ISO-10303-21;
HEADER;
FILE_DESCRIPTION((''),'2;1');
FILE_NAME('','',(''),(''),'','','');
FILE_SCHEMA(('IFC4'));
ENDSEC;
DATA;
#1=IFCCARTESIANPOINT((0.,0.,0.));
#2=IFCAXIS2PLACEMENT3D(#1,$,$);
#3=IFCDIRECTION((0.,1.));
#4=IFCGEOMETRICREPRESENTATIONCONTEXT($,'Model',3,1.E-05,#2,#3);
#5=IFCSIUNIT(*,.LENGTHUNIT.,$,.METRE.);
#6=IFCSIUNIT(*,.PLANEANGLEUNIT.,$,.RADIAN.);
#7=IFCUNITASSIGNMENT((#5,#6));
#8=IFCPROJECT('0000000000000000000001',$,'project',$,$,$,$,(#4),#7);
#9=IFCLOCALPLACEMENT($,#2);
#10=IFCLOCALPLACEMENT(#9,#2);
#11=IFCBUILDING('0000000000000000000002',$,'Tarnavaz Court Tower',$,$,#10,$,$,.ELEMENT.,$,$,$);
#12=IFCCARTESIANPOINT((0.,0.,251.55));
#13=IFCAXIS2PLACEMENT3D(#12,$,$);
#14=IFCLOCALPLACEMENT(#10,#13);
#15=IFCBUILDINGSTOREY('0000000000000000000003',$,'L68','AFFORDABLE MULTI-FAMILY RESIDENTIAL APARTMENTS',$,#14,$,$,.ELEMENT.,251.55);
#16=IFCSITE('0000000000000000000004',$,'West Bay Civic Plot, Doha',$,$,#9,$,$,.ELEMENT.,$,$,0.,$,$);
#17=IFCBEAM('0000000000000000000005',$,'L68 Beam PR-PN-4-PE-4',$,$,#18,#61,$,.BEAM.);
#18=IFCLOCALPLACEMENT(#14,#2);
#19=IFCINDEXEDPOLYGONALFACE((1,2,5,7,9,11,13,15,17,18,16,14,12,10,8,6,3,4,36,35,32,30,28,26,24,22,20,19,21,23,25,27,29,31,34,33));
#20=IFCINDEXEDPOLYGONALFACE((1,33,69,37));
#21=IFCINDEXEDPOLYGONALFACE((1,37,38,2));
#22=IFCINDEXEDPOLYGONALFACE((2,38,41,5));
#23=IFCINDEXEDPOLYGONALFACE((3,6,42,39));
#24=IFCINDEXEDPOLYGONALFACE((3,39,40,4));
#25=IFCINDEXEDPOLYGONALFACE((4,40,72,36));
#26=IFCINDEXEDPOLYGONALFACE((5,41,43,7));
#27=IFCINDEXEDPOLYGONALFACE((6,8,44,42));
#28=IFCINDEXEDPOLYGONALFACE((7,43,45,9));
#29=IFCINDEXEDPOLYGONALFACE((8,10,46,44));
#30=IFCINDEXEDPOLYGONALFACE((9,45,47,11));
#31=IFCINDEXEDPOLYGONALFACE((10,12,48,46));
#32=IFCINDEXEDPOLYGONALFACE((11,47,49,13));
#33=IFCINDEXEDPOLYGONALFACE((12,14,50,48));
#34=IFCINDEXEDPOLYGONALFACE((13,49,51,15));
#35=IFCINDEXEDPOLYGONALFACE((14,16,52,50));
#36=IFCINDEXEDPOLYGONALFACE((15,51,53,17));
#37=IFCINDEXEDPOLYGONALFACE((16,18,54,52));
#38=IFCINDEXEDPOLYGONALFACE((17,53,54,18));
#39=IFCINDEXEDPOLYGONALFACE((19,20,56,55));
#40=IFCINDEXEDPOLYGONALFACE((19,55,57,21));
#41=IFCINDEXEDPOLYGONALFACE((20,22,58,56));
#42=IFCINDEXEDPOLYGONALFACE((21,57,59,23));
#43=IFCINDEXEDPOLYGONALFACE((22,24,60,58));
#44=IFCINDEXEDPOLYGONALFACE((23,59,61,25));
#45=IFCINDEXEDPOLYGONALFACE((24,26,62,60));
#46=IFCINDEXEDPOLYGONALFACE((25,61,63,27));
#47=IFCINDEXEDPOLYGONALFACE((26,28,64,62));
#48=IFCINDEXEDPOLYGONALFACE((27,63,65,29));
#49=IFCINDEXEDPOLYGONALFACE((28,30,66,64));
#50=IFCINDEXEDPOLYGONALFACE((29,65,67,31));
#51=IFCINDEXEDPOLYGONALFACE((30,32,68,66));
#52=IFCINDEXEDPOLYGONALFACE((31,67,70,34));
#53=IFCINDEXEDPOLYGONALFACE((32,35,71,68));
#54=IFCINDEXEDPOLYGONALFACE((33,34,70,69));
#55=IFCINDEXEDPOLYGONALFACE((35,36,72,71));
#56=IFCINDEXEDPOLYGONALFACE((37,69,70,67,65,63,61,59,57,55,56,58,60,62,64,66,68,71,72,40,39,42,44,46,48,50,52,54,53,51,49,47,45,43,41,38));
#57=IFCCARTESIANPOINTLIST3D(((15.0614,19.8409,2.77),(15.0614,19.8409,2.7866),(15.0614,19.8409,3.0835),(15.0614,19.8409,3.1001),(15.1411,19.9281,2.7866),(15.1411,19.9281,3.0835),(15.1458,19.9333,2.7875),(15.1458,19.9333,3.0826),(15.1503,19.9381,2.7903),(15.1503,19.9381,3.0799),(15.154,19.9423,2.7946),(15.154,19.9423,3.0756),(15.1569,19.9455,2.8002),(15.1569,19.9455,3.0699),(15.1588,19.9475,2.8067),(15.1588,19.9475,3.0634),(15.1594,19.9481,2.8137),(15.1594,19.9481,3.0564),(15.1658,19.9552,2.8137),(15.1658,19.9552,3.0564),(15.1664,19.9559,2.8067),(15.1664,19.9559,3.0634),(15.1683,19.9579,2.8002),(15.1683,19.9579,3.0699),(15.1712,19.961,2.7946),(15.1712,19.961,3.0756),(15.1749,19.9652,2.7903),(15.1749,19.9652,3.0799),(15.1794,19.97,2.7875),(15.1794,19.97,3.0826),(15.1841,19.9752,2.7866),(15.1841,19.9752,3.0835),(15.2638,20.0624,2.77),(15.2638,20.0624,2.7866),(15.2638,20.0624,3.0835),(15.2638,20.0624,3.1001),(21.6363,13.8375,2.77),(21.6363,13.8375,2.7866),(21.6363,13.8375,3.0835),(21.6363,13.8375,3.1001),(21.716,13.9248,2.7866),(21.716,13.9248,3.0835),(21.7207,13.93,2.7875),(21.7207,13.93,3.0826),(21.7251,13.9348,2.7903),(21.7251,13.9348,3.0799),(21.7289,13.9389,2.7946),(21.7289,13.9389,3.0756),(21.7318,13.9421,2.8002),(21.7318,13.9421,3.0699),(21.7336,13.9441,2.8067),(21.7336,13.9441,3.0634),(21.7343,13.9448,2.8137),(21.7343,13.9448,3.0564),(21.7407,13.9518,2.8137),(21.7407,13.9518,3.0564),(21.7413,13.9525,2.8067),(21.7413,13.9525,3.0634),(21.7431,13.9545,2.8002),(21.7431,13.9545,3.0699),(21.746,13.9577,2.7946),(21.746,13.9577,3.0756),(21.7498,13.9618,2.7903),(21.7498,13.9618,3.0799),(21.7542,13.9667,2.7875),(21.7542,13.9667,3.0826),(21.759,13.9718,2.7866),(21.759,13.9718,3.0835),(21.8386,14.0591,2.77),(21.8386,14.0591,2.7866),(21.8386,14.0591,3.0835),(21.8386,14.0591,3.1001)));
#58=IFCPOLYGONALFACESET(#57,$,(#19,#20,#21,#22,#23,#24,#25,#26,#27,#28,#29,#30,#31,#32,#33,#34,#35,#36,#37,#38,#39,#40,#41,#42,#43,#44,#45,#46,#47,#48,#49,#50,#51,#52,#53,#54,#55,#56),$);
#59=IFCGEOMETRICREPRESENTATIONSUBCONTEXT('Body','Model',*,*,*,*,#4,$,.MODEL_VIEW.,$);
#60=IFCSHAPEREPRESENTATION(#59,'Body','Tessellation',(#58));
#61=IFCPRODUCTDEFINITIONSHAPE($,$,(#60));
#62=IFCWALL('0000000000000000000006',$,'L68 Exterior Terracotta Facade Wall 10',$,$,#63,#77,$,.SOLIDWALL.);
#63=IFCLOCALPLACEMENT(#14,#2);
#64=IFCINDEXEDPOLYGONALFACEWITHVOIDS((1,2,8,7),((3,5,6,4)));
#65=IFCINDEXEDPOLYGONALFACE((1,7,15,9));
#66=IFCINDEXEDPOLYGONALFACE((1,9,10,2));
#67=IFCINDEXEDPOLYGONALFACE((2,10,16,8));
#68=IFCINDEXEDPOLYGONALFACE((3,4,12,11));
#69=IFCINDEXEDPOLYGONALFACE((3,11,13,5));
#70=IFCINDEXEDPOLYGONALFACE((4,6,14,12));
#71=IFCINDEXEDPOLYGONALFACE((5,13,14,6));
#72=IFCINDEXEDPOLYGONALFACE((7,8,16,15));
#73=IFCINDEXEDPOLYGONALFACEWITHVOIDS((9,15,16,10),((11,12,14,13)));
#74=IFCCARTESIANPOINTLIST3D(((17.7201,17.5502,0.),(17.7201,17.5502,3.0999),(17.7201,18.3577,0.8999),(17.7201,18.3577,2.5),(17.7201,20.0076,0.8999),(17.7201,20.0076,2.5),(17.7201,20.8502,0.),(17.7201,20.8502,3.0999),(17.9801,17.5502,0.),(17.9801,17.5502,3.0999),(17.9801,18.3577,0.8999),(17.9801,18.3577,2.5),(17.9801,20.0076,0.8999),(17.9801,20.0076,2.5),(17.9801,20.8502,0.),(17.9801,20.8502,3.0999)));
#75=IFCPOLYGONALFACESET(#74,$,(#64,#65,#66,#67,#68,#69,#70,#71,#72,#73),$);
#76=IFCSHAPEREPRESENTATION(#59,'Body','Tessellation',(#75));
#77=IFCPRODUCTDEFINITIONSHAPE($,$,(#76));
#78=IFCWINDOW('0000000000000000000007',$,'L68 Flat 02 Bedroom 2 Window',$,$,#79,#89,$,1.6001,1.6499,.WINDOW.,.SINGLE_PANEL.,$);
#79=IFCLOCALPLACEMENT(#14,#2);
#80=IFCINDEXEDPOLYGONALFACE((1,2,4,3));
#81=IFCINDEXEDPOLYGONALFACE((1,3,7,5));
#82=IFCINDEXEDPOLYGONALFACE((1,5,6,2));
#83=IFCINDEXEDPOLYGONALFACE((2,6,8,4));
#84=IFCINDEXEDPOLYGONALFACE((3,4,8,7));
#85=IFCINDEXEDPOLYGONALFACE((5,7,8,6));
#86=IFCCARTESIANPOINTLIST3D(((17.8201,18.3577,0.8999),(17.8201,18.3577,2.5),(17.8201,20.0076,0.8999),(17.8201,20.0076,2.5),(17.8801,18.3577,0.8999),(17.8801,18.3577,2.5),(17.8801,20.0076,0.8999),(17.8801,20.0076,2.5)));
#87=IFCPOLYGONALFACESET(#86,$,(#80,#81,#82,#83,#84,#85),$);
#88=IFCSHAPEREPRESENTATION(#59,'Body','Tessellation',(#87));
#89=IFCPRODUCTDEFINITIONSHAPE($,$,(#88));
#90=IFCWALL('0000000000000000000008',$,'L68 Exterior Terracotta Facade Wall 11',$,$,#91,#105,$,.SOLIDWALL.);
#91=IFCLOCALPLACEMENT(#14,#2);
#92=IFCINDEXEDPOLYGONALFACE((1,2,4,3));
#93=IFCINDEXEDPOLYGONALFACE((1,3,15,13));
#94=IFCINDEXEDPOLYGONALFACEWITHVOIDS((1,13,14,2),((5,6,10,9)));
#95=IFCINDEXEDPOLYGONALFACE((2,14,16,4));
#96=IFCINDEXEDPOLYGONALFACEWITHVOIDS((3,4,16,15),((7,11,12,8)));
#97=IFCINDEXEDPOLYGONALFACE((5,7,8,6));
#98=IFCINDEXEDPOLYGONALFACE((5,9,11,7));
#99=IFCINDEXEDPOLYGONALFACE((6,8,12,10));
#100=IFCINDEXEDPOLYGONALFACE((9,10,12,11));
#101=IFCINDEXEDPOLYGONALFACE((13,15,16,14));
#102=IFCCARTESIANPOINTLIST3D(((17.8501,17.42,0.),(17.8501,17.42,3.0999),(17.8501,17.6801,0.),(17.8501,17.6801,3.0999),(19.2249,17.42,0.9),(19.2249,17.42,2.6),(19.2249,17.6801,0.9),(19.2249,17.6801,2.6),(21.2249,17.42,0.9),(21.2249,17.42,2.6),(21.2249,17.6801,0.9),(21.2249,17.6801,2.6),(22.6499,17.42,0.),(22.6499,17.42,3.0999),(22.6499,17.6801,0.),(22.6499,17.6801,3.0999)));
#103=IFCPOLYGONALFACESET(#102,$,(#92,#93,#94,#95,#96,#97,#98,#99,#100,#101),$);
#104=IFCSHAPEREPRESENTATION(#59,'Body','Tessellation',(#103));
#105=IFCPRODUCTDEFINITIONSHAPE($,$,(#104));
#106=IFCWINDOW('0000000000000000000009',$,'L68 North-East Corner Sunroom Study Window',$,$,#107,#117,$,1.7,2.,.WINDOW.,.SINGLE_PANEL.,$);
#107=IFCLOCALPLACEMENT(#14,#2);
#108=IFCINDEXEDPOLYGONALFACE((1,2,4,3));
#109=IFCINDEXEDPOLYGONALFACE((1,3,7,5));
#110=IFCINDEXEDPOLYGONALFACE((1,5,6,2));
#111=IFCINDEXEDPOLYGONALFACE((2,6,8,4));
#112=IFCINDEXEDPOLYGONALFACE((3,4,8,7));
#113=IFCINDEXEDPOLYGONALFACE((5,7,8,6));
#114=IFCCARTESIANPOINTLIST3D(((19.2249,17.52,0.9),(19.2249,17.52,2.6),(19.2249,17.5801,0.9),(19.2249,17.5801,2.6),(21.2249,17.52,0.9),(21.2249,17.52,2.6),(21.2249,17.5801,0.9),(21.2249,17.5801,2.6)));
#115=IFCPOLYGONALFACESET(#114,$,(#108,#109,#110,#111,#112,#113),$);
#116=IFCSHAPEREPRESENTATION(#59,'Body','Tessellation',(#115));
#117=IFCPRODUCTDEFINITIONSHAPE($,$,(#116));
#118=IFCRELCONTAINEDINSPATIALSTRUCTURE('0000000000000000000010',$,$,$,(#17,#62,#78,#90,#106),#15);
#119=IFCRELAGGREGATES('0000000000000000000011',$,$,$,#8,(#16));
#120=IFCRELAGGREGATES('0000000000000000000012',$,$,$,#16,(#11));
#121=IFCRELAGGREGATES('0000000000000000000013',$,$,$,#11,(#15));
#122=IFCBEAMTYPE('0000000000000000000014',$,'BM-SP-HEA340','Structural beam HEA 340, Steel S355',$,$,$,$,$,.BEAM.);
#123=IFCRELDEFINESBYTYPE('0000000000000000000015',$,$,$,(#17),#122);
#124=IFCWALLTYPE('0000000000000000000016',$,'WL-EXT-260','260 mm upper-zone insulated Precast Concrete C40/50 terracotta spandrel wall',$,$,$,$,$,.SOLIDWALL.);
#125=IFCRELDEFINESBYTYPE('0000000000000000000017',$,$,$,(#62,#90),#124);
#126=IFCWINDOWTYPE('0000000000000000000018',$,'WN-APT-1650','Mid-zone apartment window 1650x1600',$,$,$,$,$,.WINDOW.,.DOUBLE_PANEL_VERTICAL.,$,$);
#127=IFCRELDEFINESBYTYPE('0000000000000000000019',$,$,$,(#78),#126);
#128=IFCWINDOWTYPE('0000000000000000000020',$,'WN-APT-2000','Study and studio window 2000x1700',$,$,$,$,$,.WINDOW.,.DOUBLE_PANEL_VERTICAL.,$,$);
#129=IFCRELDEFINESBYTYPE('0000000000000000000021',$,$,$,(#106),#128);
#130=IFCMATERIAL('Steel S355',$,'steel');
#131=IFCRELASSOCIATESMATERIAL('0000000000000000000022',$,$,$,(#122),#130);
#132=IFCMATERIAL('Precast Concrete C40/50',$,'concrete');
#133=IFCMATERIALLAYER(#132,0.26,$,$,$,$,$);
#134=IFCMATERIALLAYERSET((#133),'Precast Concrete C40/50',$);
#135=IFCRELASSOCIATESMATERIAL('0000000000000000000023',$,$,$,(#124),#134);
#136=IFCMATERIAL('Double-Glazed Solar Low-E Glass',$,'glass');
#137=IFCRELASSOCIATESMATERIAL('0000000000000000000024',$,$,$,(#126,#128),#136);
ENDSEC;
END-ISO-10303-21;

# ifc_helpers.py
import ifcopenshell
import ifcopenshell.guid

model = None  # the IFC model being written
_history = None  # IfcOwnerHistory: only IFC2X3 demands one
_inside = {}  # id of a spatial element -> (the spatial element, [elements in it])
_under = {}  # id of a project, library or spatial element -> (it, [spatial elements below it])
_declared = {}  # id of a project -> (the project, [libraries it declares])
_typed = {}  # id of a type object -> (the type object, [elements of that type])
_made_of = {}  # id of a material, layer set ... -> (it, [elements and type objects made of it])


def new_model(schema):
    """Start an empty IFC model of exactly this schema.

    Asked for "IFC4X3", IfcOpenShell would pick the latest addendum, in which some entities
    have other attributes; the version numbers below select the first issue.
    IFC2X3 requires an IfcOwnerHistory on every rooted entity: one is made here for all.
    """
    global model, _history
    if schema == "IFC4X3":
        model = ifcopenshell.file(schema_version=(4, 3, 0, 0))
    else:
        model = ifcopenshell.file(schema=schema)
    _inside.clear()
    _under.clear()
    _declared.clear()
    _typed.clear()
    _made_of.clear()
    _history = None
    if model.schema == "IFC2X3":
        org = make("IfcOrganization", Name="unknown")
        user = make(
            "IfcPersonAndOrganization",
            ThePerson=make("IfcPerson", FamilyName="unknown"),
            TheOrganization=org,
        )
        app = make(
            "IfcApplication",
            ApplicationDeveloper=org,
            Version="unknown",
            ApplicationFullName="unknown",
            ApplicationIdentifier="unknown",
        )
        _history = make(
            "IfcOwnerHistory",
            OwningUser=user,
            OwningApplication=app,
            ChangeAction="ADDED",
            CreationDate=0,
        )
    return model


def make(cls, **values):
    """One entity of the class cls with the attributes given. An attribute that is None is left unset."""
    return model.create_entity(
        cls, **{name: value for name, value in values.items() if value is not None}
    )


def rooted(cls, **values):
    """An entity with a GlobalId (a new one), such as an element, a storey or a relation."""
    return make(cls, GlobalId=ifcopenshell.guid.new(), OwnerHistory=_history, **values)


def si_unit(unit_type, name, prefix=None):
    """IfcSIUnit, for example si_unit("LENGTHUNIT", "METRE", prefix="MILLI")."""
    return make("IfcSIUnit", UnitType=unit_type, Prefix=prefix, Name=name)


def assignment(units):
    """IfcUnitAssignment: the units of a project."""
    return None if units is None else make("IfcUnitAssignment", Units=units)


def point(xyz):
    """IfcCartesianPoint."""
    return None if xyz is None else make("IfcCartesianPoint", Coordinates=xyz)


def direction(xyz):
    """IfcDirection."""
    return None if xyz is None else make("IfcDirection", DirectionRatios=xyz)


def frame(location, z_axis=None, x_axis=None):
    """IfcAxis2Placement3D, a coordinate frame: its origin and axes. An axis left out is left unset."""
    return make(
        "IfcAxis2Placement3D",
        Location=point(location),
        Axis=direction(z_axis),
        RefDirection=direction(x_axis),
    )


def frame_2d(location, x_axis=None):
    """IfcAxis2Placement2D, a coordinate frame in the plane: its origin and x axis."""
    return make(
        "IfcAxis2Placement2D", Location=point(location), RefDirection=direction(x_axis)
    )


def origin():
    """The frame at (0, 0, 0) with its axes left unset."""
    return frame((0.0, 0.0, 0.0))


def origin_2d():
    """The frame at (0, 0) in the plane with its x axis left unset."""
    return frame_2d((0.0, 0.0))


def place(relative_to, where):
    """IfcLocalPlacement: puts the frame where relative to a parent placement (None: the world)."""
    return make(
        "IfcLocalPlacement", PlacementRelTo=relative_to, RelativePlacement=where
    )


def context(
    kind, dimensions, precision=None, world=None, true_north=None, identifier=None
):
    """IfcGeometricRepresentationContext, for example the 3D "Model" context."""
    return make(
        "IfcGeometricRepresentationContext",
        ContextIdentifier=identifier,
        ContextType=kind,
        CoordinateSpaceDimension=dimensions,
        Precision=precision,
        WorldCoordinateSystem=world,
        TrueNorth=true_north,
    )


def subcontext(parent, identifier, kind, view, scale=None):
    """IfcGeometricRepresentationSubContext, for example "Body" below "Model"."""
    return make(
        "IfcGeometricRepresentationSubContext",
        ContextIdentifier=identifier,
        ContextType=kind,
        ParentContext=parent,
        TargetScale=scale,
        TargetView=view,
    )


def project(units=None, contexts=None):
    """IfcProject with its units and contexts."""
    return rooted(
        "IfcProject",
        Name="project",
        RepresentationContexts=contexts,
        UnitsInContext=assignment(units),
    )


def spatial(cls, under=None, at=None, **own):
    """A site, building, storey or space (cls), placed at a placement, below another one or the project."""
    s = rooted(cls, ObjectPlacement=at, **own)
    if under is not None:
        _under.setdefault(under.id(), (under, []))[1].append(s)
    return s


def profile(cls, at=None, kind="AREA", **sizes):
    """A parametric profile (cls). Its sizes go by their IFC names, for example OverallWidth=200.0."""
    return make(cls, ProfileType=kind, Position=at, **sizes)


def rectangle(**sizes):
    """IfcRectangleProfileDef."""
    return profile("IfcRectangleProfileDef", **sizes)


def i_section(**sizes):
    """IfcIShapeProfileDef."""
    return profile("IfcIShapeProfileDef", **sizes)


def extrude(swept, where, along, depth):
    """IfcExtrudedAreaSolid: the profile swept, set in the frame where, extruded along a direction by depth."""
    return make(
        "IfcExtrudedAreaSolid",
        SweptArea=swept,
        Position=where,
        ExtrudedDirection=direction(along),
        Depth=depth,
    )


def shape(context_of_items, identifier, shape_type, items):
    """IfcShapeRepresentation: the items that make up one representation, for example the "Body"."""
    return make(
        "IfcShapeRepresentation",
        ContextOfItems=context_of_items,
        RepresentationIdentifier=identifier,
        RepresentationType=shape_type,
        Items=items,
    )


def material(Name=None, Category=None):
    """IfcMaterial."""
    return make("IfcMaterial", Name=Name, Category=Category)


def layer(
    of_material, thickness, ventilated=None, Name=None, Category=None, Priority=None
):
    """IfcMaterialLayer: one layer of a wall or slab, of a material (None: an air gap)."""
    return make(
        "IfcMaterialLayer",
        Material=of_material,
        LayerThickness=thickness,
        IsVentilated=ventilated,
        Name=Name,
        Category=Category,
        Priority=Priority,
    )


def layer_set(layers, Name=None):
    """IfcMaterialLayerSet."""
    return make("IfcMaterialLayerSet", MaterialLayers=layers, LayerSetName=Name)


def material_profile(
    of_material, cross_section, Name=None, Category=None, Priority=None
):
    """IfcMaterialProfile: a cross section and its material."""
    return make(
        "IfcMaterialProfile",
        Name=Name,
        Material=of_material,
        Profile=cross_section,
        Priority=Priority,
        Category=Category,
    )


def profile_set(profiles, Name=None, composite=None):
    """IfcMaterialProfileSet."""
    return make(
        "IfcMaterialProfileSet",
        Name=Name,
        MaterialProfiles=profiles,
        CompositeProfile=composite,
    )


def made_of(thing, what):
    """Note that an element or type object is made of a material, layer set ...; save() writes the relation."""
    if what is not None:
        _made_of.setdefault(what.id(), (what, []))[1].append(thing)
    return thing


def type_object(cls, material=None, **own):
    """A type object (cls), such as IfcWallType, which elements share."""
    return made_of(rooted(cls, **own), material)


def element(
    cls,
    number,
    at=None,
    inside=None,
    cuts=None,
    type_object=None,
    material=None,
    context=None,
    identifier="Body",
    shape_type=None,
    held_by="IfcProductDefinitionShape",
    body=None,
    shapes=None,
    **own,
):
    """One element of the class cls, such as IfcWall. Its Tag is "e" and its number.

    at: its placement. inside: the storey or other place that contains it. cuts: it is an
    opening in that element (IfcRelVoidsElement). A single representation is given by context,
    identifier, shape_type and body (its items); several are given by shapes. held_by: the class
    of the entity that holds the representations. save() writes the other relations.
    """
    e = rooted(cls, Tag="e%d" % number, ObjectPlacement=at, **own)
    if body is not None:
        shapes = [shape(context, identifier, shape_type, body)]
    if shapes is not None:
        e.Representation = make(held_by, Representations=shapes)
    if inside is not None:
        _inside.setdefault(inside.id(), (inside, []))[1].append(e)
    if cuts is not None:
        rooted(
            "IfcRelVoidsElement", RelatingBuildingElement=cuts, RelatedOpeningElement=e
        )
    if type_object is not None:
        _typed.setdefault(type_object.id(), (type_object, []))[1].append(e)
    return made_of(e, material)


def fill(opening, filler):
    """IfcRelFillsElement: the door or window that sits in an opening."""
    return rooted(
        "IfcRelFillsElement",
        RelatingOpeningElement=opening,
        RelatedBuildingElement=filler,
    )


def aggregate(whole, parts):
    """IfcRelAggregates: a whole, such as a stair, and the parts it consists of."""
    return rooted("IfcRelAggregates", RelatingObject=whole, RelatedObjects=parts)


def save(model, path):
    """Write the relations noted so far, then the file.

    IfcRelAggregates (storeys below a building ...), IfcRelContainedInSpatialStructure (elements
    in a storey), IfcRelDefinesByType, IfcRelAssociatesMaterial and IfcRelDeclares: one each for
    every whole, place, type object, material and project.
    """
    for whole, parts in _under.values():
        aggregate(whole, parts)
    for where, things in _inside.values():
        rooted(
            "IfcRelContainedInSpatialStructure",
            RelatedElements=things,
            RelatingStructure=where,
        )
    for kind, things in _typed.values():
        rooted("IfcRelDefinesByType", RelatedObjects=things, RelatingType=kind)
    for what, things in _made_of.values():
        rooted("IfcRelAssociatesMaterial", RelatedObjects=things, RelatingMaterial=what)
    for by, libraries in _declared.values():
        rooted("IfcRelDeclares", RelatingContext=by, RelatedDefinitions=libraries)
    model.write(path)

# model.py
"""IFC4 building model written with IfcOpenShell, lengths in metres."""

from ifc_helpers import new_model, si_unit, direction, frame, frame_2d, origin, origin_2d, place, context, subcontext, project, spatial, rectangle, i_section, extrude, material, layer, layer_set, material_profile, profile_set, type_object, element, fill, save


model = new_model("IFC4")

# Units and contexts
model_context = context("Model", 3, precision=1e-05, world=origin(), true_north=direction((0.0, 1.0)))
body_context = subcontext(model_context, "Body", "Model", "MODEL_VIEW")
ifc_project = project(units=[si_unit("LENGTHUNIT", "METRE"), si_unit("PLANEANGLEUNIT", "RADIAN")], contexts=[model_context])

# Site, building, storey
site_placement = place(None, origin())
site = spatial("IfcSite", under=ifc_project, at=site_placement, Name="West Bay Civic Plot, Doha", CompositionType="ELEMENT", RefElevation=0.0)
building_placement = place(site_placement, origin())
building = spatial("IfcBuilding", under=site, at=building_placement, Name="Tarnavaz Court Tower", CompositionType="ELEMENT")
storey_placement = place(building_placement, frame((0.0, 0.0, 251.55)))
storey = spatial("IfcBuildingStorey", under=building, at=storey_placement, Name="L68", Description="AFFORDABLE MULTI-FAMILY RESIDENTIAL APARTMENTS", CompositionType="ELEMENT", Elevation=251.55)

# Beam
ifc_material_1 = material(Name="Steel S355", Category="steel")
ifc_material_profile_1 = material_profile(ifc_material_1, i_section(OverallWidth=0.3, OverallDepth=0.3301, WebThickness=0.0095, FlangeThickness=0.0166, FilletRadius=0.0271, at=origin_2d()), Name="HEA 340")
ifc_profile_set_1 = profile_set([ifc_material_profile_1], Name="Steel S355")
beam_type_1 = type_object("IfcBeamType", Name="BM-SP-HEA340", Description="Structural beam HEA 340, Steel S355", PredefinedType="BEAM", material=ifc_profile_set_1)
beam_1_placement = place(storey_placement, frame((15.1626, 19.9517, 2.9351), z_axis=(0.738474, -0.674282, 0.0), x_axis=(0.674282, 0.738474, 0.0)))
element("IfcBeam", 1, at=beam_1_placement, inside=storey, type_object=beam_type_1, Name="L68 Beam PR-PN-4-PE-4", PredefinedType="BEAM", context=body_context, shape_type="SweptSolid", body=[
    extrude(i_section(OverallWidth=0.3, OverallDepth=0.3301, WebThickness=0.0095, FlangeThickness=0.0166, FilletRadius=0.0271, at=origin_2d()), origin(), (0.0, 0.0, 1.0), 8.9033),
])

# Walls, openings, windows
ifc_material_2 = material(Name="Precast Concrete C40/50", Category="concrete")
ifc_layer_1 = layer(ifc_material_2, 0.26)
ifc_layer_set_1 = layer_set([ifc_layer_1], Name="Precast Concrete C40/50")
wall_type_1 = type_object("IfcWallType", Name="WL-EXT-260", Description="260 mm upper-zone insulated Precast Concrete C40/50 terracotta spandrel wall", PredefinedType="SOLIDWALL", material=ifc_layer_set_1)
wall_1_placement = place(storey_placement, frame((17.8501, 20.8501, 0.0), z_axis=(0.0, 0.0, 1.0), x_axis=(0.0, -1.0, 0.0)))
wall_1 = element("IfcWall", 2, at=wall_1_placement, inside=storey, type_object=wall_type_1, Name="L68 Exterior Terracotta Facade Wall 10", PredefinedType="SOLIDWALL", context=body_context, shape_type="SweptSolid", body=[
    extrude(rectangle(XDim=3.3, YDim=0.26, at=frame_2d((1.6499, 0.0))), origin(), (0.0, 0.0, 1.0), 3.0999),
])
opening_1_placement = place(wall_1_placement, frame((0.8425, 0.0, 0.8999)))
opening_1 = element("IfcOpeningElement", 3, at=opening_1_placement, cuts=wall_1, PredefinedType="OPENING", context=body_context, shape_type="SweptSolid", body=[
    extrude(rectangle(XDim=1.6499, YDim=1.6001, at=frame_2d((0.825, 0.8))), frame((0.0, 0.1399, 0.0), z_axis=(0.0, -1.0, 0.0), x_axis=(1.0, 0.0, 0.0)), (0.0, 0.0, 1.0), 0.28),
])
ifc_material_3 = material(Name="Double-Glazed Solar Low-E Glass", Category="glass")
window_type_1 = type_object("IfcWindowType", Name="WN-APT-1650", Description="Mid-zone apartment window 1650x1600", PartitioningType="DOUBLE_PANEL_VERTICAL", PredefinedType="WINDOW", material=ifc_material_3)
window_1_placement = place(opening_1_placement, origin())
window_1 = element("IfcWindow", 4, at=window_1_placement, inside=storey, type_object=window_type_1, Name="L68 Flat 02 Bedroom 2 Window", OverallHeight=1.6001, OverallWidth=1.6499, PartitioningType="SINGLE_PANEL", PredefinedType="WINDOW", context=body_context, shape_type="SweptSolid", body=[
    extrude(rectangle(XDim=1.6499, YDim=1.6001, at=frame_2d((0.825, 0.8))), frame((0.0, 0.03, 0.0), z_axis=(0.0, -1.0, 0.0), x_axis=(1.0, 0.0, 0.0)), (0.0, 0.0, 1.0), 0.0601),
])
fill(opening_1, window_1)
wall_2_placement = place(storey_placement, frame((17.8501, 17.55, 0.0), z_axis=(0.0, 0.0, 1.0), x_axis=(1.0, 0.0, 0.0)))
wall_2 = element("IfcWall", 5, at=wall_2_placement, inside=storey, type_object=wall_type_1, Name="L68 Exterior Terracotta Facade Wall 11", PredefinedType="SOLIDWALL", context=body_context, shape_type="SweptSolid", body=[
    extrude(rectangle(XDim=4.7998, YDim=0.26, at=frame_2d((2.3999, 0.0))), origin(), (0.0, 0.0, 1.0), 3.0999),
])
opening_2_placement = place(wall_2_placement, frame((1.3748, 0.0, 0.8999)))
opening_2 = element("IfcOpeningElement", 6, at=opening_2_placement, cuts=wall_2, PredefinedType="OPENING", context=body_context, shape_type="SweptSolid", body=[
    extrude(rectangle(XDim=2.0, YDim=1.7, at=frame_2d((1.0, 0.8501))), frame((0.0, 0.1399, 0.0), z_axis=(0.0, -1.0, 0.0), x_axis=(1.0, 0.0, 0.0)), (0.0, 0.0, 1.0), 0.28),
])
window_type_2 = type_object("IfcWindowType", Name="WN-APT-2000", Description="Study and studio window 2000x1700", PartitioningType="DOUBLE_PANEL_VERTICAL", PredefinedType="WINDOW", material=ifc_material_3)
window_2_placement = place(opening_2_placement, origin())
window_2 = element("IfcWindow", 7, at=window_2_placement, inside=storey, type_object=window_type_2, Name="L68 North-East Corner Sunroom Study Window", OverallHeight=1.7, OverallWidth=2.0, PartitioningType="SINGLE_PANEL", PredefinedType="WINDOW", context=body_context, shape_type="SweptSolid", body=[
    extrude(rectangle(XDim=2.0, YDim=1.7, at=frame_2d((1.0, 0.8501))), frame((0.0, 0.03, 0.0), z_axis=(0.0, -1.0, 0.0), x_axis=(1.0, 0.0, 0.0)), (0.0, 0.0, 1.0), 0.0601),
])
fill(opening_2, window_2)

save(model, "model.ifc")
